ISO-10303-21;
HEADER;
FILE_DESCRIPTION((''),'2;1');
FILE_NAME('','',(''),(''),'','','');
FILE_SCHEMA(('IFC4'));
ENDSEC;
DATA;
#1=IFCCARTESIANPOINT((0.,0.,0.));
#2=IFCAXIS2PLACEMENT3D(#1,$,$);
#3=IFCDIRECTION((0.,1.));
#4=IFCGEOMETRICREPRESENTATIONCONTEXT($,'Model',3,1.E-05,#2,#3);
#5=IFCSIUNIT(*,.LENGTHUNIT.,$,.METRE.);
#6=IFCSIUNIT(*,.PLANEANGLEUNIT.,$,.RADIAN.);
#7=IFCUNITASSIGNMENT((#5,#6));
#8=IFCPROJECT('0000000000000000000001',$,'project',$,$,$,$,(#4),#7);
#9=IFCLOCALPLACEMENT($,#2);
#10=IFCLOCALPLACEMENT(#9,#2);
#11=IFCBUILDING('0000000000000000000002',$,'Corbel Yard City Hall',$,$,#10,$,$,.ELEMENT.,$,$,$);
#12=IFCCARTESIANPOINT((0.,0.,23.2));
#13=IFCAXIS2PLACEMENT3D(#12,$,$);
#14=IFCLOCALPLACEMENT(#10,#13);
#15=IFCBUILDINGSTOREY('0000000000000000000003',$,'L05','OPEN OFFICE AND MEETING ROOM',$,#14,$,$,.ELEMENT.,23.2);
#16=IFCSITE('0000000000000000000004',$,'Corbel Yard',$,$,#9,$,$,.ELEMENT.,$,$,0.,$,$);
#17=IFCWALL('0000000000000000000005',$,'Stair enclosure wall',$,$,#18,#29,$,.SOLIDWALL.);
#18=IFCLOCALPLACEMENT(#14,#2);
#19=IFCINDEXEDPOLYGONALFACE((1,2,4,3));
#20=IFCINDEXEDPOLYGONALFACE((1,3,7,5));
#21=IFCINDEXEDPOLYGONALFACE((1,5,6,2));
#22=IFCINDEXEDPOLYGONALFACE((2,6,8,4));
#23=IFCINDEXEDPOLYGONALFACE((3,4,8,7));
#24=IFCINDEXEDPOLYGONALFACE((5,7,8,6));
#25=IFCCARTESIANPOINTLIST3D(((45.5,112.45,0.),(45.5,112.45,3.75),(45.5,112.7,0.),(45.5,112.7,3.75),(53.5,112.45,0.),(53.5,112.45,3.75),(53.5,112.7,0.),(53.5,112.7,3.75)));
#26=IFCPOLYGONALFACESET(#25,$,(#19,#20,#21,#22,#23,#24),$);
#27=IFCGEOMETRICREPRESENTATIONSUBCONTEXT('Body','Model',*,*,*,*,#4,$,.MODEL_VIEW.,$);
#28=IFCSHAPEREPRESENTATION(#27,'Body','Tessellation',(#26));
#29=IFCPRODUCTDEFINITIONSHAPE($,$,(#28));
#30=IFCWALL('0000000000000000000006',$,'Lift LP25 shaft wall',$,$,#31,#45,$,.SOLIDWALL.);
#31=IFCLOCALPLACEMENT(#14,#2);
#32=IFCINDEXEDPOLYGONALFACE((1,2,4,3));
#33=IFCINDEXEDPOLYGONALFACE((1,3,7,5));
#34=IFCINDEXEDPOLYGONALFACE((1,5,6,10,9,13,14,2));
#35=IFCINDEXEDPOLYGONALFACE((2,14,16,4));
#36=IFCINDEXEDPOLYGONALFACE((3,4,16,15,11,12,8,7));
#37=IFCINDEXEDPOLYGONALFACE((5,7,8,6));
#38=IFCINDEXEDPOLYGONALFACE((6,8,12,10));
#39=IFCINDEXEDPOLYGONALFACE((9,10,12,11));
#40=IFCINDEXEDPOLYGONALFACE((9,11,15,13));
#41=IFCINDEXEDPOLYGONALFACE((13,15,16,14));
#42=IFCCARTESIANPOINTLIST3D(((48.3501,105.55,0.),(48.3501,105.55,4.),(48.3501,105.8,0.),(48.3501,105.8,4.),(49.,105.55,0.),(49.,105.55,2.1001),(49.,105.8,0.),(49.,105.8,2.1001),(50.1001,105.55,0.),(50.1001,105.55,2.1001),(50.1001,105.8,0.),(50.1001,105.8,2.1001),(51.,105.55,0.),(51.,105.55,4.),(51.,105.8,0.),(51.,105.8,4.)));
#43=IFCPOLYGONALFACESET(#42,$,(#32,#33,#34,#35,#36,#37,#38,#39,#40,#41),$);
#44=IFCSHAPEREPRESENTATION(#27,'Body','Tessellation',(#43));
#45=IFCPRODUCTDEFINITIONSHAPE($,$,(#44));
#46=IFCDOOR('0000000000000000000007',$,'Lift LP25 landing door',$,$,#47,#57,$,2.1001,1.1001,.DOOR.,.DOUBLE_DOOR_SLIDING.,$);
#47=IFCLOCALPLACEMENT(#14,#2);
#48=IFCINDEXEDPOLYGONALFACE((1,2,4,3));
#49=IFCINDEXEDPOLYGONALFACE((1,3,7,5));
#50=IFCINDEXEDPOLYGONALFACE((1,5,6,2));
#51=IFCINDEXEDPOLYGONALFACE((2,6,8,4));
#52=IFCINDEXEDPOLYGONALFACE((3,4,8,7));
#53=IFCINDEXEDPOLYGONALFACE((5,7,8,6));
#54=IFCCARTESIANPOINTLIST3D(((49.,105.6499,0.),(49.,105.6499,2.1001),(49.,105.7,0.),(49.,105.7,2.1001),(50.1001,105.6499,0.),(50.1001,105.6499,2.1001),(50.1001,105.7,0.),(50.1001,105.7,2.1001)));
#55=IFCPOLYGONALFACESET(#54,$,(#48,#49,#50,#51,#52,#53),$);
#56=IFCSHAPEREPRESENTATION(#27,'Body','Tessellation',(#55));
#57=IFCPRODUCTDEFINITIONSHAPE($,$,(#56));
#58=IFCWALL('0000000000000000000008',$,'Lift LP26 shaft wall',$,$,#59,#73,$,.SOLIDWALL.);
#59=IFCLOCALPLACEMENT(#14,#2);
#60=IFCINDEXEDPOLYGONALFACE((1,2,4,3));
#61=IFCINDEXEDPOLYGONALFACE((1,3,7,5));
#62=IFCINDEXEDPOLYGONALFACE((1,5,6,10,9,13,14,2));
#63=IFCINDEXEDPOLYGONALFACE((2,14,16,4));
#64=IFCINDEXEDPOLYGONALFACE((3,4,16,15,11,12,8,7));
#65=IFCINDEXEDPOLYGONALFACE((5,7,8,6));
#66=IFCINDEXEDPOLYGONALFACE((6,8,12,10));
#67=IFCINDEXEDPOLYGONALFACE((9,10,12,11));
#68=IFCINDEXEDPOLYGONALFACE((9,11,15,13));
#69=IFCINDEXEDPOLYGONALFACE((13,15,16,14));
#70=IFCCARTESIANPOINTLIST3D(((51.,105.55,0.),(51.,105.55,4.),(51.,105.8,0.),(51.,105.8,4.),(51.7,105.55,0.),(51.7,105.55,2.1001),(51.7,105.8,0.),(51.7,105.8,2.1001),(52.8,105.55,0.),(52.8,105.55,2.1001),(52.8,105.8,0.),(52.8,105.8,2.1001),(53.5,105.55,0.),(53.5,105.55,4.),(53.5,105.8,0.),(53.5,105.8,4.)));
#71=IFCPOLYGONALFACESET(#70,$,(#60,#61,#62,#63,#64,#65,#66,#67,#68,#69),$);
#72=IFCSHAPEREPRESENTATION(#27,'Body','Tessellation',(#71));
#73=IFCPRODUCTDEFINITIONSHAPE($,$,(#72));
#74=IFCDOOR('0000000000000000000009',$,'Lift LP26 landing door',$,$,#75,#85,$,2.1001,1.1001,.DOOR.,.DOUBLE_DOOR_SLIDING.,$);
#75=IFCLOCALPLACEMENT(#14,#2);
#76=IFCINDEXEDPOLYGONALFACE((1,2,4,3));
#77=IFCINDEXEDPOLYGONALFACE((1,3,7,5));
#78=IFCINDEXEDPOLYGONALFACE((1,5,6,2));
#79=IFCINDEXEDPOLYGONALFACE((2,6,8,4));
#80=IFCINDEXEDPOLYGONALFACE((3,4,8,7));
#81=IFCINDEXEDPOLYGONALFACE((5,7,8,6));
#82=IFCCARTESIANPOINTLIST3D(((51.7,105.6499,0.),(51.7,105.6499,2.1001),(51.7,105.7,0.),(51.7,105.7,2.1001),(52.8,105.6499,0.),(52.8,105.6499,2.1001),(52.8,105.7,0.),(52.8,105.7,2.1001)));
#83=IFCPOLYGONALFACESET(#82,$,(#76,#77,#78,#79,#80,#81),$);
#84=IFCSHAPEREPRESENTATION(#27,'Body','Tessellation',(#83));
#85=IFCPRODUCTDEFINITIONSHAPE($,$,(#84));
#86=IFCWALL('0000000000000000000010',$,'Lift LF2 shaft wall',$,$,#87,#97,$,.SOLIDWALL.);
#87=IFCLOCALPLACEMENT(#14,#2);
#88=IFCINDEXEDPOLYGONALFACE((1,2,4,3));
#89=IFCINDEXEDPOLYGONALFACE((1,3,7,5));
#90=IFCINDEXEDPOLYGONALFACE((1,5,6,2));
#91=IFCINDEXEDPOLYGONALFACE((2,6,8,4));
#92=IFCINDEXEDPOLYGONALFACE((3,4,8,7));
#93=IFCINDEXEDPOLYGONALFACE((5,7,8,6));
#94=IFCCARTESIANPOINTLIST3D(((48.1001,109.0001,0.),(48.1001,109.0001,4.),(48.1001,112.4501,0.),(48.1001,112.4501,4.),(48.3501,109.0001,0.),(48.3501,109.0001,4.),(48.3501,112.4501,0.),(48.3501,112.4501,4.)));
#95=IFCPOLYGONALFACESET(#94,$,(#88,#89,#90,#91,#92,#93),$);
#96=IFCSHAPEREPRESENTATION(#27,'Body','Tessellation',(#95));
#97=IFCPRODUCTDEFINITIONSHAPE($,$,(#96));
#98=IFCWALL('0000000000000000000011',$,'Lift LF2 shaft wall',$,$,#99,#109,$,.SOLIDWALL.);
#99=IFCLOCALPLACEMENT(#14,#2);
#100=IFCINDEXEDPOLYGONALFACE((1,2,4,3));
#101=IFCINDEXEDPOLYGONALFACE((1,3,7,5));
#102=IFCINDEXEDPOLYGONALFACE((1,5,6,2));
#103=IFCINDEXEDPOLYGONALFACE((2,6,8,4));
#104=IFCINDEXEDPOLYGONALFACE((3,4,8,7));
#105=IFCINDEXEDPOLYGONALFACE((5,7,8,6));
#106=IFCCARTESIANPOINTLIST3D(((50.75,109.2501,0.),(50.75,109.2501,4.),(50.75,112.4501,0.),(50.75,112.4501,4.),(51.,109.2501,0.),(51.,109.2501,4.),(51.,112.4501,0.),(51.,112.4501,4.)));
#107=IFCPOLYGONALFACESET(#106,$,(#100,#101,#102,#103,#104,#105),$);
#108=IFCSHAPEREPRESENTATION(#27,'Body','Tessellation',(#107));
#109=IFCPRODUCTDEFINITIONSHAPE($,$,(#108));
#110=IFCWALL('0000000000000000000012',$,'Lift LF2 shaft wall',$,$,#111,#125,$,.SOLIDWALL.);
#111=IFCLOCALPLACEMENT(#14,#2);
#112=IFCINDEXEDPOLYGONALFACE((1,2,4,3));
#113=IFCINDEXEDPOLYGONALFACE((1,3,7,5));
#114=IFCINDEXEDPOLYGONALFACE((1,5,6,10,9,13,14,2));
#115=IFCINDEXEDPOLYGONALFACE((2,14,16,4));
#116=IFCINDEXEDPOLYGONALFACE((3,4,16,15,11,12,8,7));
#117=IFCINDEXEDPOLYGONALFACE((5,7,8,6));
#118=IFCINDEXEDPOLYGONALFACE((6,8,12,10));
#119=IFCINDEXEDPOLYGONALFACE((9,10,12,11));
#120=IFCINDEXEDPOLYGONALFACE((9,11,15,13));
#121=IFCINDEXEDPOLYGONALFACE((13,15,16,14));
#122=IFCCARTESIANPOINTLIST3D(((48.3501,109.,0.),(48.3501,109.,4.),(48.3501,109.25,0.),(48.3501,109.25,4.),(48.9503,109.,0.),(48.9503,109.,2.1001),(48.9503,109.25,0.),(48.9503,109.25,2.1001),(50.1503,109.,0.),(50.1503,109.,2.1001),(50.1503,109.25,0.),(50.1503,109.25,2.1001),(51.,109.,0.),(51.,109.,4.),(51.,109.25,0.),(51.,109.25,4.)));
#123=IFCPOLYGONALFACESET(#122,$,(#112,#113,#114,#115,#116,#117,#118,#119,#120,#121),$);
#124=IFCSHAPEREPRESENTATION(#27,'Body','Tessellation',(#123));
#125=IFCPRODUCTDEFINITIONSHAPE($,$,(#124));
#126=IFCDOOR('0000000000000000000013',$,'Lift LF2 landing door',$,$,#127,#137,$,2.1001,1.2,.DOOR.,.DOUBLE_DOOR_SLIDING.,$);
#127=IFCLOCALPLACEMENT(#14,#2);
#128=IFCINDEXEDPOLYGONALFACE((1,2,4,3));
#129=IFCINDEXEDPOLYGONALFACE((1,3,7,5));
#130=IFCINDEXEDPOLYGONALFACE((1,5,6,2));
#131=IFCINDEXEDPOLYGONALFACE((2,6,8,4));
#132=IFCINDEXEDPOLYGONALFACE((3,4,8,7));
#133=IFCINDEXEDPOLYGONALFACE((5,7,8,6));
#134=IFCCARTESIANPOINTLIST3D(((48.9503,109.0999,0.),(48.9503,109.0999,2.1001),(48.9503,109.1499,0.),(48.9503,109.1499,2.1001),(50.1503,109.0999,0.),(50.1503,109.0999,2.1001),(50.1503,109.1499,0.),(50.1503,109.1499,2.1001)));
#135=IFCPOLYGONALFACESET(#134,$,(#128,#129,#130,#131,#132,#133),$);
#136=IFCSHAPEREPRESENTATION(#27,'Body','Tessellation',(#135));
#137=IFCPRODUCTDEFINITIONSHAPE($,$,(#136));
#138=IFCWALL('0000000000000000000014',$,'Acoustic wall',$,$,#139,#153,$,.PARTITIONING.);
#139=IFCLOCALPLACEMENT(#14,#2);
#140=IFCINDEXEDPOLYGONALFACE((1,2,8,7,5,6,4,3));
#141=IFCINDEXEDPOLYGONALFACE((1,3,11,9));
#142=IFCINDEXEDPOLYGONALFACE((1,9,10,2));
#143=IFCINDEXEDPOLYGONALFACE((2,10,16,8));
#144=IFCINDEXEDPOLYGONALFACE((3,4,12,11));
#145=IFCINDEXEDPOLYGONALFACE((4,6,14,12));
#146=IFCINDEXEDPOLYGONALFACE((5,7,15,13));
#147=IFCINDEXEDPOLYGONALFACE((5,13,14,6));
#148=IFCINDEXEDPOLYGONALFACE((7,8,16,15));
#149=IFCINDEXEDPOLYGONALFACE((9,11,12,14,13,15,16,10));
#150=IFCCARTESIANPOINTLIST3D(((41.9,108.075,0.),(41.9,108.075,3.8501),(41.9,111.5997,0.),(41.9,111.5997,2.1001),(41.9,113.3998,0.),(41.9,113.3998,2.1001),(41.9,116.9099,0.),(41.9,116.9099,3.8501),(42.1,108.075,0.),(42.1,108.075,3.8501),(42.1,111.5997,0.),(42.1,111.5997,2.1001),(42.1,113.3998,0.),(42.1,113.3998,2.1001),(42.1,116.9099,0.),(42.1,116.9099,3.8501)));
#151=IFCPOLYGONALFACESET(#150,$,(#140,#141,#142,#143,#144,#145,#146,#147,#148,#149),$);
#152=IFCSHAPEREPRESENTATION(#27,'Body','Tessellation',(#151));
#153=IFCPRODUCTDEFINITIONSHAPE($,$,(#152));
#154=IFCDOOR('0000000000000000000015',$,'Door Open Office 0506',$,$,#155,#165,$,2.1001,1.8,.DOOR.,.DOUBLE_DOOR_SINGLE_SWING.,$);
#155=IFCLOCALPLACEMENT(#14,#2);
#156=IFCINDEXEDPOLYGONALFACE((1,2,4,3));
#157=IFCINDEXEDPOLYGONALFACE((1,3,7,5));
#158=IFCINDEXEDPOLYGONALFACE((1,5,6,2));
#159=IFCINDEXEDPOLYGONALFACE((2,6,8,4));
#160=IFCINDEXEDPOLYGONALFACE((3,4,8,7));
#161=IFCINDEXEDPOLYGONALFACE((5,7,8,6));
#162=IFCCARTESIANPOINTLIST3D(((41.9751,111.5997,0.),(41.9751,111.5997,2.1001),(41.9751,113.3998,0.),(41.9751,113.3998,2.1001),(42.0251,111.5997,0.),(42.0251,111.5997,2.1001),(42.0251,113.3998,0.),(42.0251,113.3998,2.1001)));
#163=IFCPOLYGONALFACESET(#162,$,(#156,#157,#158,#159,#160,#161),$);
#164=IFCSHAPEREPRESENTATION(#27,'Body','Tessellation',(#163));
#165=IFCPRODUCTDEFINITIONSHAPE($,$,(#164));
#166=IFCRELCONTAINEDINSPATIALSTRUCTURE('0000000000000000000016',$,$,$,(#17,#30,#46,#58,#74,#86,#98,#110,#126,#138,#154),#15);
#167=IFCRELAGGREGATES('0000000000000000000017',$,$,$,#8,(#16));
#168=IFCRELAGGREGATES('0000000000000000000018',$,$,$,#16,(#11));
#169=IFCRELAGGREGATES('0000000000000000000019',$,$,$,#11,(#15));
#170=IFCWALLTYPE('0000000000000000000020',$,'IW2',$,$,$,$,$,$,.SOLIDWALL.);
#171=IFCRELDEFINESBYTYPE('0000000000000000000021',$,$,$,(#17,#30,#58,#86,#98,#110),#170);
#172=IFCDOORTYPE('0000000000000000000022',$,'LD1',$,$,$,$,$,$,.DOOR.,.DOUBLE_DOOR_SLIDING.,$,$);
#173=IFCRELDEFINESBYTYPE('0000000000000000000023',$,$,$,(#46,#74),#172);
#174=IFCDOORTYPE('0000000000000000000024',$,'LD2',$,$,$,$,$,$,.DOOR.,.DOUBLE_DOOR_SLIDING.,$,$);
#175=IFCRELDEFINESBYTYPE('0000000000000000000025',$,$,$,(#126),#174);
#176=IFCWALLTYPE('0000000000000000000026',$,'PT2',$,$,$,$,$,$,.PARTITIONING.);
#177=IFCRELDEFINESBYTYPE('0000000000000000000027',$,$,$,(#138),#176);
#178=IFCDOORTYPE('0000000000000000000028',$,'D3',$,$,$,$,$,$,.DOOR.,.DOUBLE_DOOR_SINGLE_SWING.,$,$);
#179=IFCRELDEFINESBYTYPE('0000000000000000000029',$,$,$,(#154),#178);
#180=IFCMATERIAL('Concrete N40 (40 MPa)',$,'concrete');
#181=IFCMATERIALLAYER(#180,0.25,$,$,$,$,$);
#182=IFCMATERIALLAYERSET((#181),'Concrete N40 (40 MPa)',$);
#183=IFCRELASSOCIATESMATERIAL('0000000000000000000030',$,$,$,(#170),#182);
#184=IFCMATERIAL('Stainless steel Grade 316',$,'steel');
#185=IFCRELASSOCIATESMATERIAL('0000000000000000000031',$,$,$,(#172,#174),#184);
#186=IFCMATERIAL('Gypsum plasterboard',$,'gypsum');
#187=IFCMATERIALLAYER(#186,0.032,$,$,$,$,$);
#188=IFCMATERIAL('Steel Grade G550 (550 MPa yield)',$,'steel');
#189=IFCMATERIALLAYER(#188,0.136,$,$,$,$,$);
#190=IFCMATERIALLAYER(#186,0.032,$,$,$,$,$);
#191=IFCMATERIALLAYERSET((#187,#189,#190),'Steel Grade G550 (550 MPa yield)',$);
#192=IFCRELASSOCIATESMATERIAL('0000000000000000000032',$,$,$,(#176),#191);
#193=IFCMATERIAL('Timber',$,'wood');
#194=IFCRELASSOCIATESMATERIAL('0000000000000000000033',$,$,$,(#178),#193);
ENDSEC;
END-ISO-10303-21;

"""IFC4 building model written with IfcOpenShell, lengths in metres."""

from ifc_helpers import new_model, si_unit, direction, frame, frame_2d, origin, place, context, subcontext, project, spatial, rectangle, extrude, material, layer, layer_set, type_object, element, fill, save


model = new_model("IFC4")

# Units and contexts
model_context = context("Model", 3, precision=1e-05, world=origin(), true_north=direction((0.0, 1.0)))
body_context = subcontext(model_context, "Body", "Model", "MODEL_VIEW")
ifc_project = project(units=[si_unit("LENGTHUNIT", "METRE"), si_unit("PLANEANGLEUNIT", "RADIAN")], contexts=[model_context])

# Site, building, storey
site_placement = place(None, origin())
site = spatial("IfcSite", under=ifc_project, at=site_placement, Name="Corbel Yard", CompositionType="ELEMENT", RefElevation=0.0)
building_placement = place(site_placement, origin())
building = spatial("IfcBuilding", under=site, at=building_placement, Name="Corbel Yard City Hall", CompositionType="ELEMENT")
storey_placement = place(building_placement, frame((0.0, 0.0, 23.2)))
storey = spatial("IfcBuildingStorey", under=building, at=storey_placement, Name="L05", Description="OPEN OFFICE AND MEETING ROOM", CompositionType="ELEMENT", Elevation=23.2)

# Wall
ifc_material_1 = material(Name="Concrete N40 (40 MPa)", Category="concrete")
ifc_layer_1 = layer(ifc_material_1, 0.25)
ifc_layer_set_1 = layer_set([ifc_layer_1], Name="Concrete N40 (40 MPa)")
wall_type_1 = type_object("IfcWallType", Name="IW2", PredefinedType="SOLIDWALL", material=ifc_layer_set_1)
wall_1_placement = place(storey_placement, frame((45.5, 112.575, 0.0), z_axis=(0.0, 0.0, 1.0), x_axis=(1.0, 0.0, 0.0)))
element("IfcWall", 1, at=wall_1_placement, inside=storey, type_object=wall_type_1, Name="Stair enclosure wall", PredefinedType="SOLIDWALL", context=body_context, shape_type="SweptSolid", body=[
    extrude(rectangle(XDim=8.0, YDim=0.25, at=frame_2d((4.0, 0.0))), origin(), (0.0, 0.0, 1.0), 3.75),
])

# Walls, openings, doors
wall_2_placement = place(storey_placement, frame((48.3501, 105.675, 0.0), z_axis=(0.0, 0.0, 1.0), x_axis=(1.0, 0.0, 0.0)))
wall_2 = element("IfcWall", 2, at=wall_2_placement, inside=storey, type_object=wall_type_1, Name="Lift LP25 shaft wall", PredefinedType="SOLIDWALL", context=body_context, shape_type="SweptSolid", body=[
    extrude(rectangle(XDim=2.6499, YDim=0.25, at=frame_2d((1.325, 0.0))), origin(), (0.0, 0.0, 1.0), 4.0),
])
opening_1_placement = place(wall_2_placement, frame((0.6499, 0.0, 0.0)))
opening_1 = element("IfcOpeningElement", 3, at=opening_1_placement, cuts=wall_2, PredefinedType="OPENING", context=body_context, shape_type="SweptSolid", body=[
    extrude(rectangle(XDim=1.1001, YDim=2.1001, at=frame_2d((0.55, 1.05))), frame((0.0, 0.135, 0.0), z_axis=(0.0, -1.0, 0.0), x_axis=(1.0, 0.0, 0.0)), (0.0, 0.0, 1.0), 0.27),
])
ifc_material_2 = material(Name="Stainless steel Grade 316", Category="steel")
door_type_1 = type_object("IfcDoorType", Name="LD1", OperationType="DOUBLE_DOOR_SLIDING", PredefinedType="DOOR", material=ifc_material_2)
door_1_placement = place(opening_1_placement, origin())
door_1 = element("IfcDoor", 4, at=door_1_placement, inside=storey, type_object=door_type_1, Name="Lift LP25 landing door", OperationType="DOUBLE_DOOR_SLIDING", OverallHeight=2.1001, OverallWidth=1.1001, PredefinedType="DOOR", context=body_context, shape_type="SweptSolid", body=[
    extrude(rectangle(XDim=1.1001, YDim=2.1001, at=frame_2d((0.55, 1.05))), frame((0.0, 0.0249, 0.0), z_axis=(0.0, -1.0, 0.0), x_axis=(1.0, 0.0, 0.0)), (0.0, 0.0, 1.0), 0.05),
])
fill(opening_1, door_1)
wall_3_placement = place(storey_placement, frame((51.0, 105.675, 0.0), z_axis=(0.0, 0.0, 1.0), x_axis=(1.0, 0.0, 0.0)))
wall_3 = element("IfcWall", 5, at=wall_3_placement, inside=storey, type_object=wall_type_1, Name="Lift LP26 shaft wall", PredefinedType="SOLIDWALL", context=body_context, shape_type="SweptSolid", body=[
    extrude(rectangle(XDim=2.5, YDim=0.25, at=frame_2d((1.25, 0.0))), origin(), (0.0, 0.0, 1.0), 4.0),
])
opening_2_placement = place(wall_3_placement, frame((0.7, 0.0, 0.0)))
opening_2 = element("IfcOpeningElement", 6, at=opening_2_placement, cuts=wall_3, PredefinedType="OPENING", context=body_context, shape_type="SweptSolid", body=[
    extrude(rectangle(XDim=1.1001, YDim=2.1001, at=frame_2d((0.55, 1.05))), frame((0.0, 0.135, 0.0), z_axis=(0.0, -1.0, 0.0), x_axis=(1.0, 0.0, 0.0)), (0.0, 0.0, 1.0), 0.27),
])
door_2_placement = place(opening_2_placement, origin())
door_2 = element("IfcDoor", 7, at=door_2_placement, inside=storey, type_object=door_type_1, Name="Lift LP26 landing door", OperationType="DOUBLE_DOOR_SLIDING", OverallHeight=2.1001, OverallWidth=1.1001, PredefinedType="DOOR", context=body_context, shape_type="SweptSolid", body=[
    extrude(rectangle(XDim=1.1001, YDim=2.1001, at=frame_2d((0.55, 1.05))), frame((0.0, 0.0249, 0.0), z_axis=(0.0, -1.0, 0.0), x_axis=(1.0, 0.0, 0.0)), (0.0, 0.0, 1.0), 0.05),
])
fill(opening_2, door_2)

# Walls
wall_4_placement = place(storey_placement, frame((48.2251, 109.0, 0.0), z_axis=(0.0, 0.0, 1.0), x_axis=(0.0, 1.0, 0.0)))
element("IfcWall", 8, at=wall_4_placement, inside=storey, type_object=wall_type_1, Name="Lift LF2 shaft wall", PredefinedType="SOLIDWALL", context=body_context, shape_type="SweptSolid", body=[
    extrude(rectangle(XDim=3.45, YDim=0.25, at=frame_2d((1.7251, 0.0))), origin(), (0.0, 0.0, 1.0), 4.0),
])
wall_5_placement = place(storey_placement, frame((50.875, 109.25, 0.0), z_axis=(0.0, 0.0, 1.0), x_axis=(0.0, 1.0, 0.0)))
element("IfcWall", 9, at=wall_5_placement, inside=storey, type_object=wall_type_1, Name="Lift LF2 shaft wall", PredefinedType="SOLIDWALL", context=body_context, shape_type="SweptSolid", body=[
    extrude(rectangle(XDim=3.2, YDim=0.25, at=frame_2d((1.6001, 0.0))), origin(), (0.0, 0.0, 1.0), 4.0),
])

# Walls, openings, doors
wall_6_placement = place(storey_placement, frame((48.3501, 109.125, 0.0), z_axis=(0.0, 0.0, 1.0), x_axis=(1.0, 0.0, 0.0)))
wall_6 = element("IfcWall", 10, at=wall_6_placement, inside=storey, type_object=wall_type_1, Name="Lift LF2 shaft wall", PredefinedType="SOLIDWALL", context=body_context, shape_type="SweptSolid", body=[
    extrude(rectangle(XDim=2.6499, YDim=0.25, at=frame_2d((1.325, 0.0))), origin(), (0.0, 0.0, 1.0), 4.0),
])
opening_3_placement = place(wall_6_placement, frame((0.6001, 0.0, 0.0)))
opening_3 = element("IfcOpeningElement", 11, at=opening_3_placement, cuts=wall_6, PredefinedType="OPENING", context=body_context, shape_type="SweptSolid", body=[
    extrude(rectangle(XDim=1.2, YDim=2.1001, at=frame_2d((0.6001, 1.05))), frame((0.0, 0.135, 0.0), z_axis=(0.0, -1.0, 0.0), x_axis=(1.0, 0.0, 0.0)), (0.0, 0.0, 1.0), 0.27),
])
door_type_2 = type_object("IfcDoorType", Name="LD2", OperationType="DOUBLE_DOOR_SLIDING", PredefinedType="DOOR", material=ifc_material_2)
door_3_placement = place(opening_3_placement, origin())
door_3 = element("IfcDoor", 12, at=door_3_placement, inside=storey, type_object=door_type_2, Name="Lift LF2 landing door", OperationType="DOUBLE_DOOR_SLIDING", OverallHeight=2.1001, OverallWidth=1.2, PredefinedType="DOOR", context=body_context, shape_type="SweptSolid", body=[
    extrude(rectangle(XDim=1.2, YDim=2.1001, at=frame_2d((0.6001, 1.05))), frame((0.0, 0.0249, 0.0), z_axis=(0.0, -1.0, 0.0), x_axis=(1.0, 0.0, 0.0)), (0.0, 0.0, 1.0), 0.05),
])
fill(opening_3, door_3)
ifc_material_3 = material(Name="Gypsum plasterboard", Category="gypsum")
ifc_layer_2 = layer(ifc_material_3, 0.032)
ifc_material_4 = material(Name="Steel Grade G550 (550 MPa yield)", Category="steel")
ifc_layer_3 = layer(ifc_material_4, 0.136)
ifc_layer_4 = layer(ifc_material_3, 0.032)
ifc_layer_set_2 = layer_set([ifc_layer_2, ifc_layer_3, ifc_layer_4], Name="Steel Grade G550 (550 MPa yield)")
wall_type_2 = type_object("IfcWallType", Name="PT2", PredefinedType="PARTITIONING", material=ifc_layer_set_2)
wall_7_placement = place(storey_placement, frame((42.0, 108.075, 0.0), z_axis=(0.0, 0.0, 1.0), x_axis=(0.0, 1.0, 0.0)))
wall_7 = element("IfcWall", 13, at=wall_7_placement, inside=storey, type_object=wall_type_2, Name="Acoustic wall", PredefinedType="PARTITIONING", context=body_context, shape_type="SweptSolid", body=[
    extrude(rectangle(XDim=8.835, YDim=0.2, at=frame_2d((4.4175, 0.0))), origin(), (0.0, 0.0, 1.0), 3.8501),
])
opening_4_placement = place(wall_7_placement, frame((3.5249, 0.0, 0.0)))
opening_4 = element("IfcOpeningElement", 14, at=opening_4_placement, cuts=wall_7, PredefinedType="OPENING", context=body_context, shape_type="SweptSolid", body=[
    extrude(rectangle(XDim=1.8, YDim=2.1001, at=frame_2d((0.8999, 1.05))), frame((0.0, 0.1099, 0.0), z_axis=(0.0, -1.0, 0.0), x_axis=(1.0, 0.0, 0.0)), (0.0, 0.0, 1.0), 0.22),
])
ifc_material_5 = material(Name="Timber", Category="wood")
door_type_3 = type_object("IfcDoorType", Name="D3", OperationType="DOUBLE_DOOR_SINGLE_SWING", PredefinedType="DOOR", material=ifc_material_5)
door_4_placement = place(opening_4_placement, origin())
door_4 = element("IfcDoor", 15, at=door_4_placement, inside=storey, type_object=door_type_3, Name="Door Open Office 0506", OperationType="DOUBLE_DOOR_SINGLE_SWING", OverallHeight=2.1001, OverallWidth=1.8, PredefinedType="DOOR", context=body_context, shape_type="SweptSolid", body=[
    extrude(rectangle(XDim=1.8, YDim=2.1001, at=frame_2d((0.8999, 1.05))), frame((0.0, 0.0249, 0.0), z_axis=(0.0, -1.0, 0.0), x_axis=(1.0, 0.0, 0.0)), (0.0, 0.0, 1.0), 0.05),
])
fill(opening_4, door_4)

save(model, "model.ifc")
